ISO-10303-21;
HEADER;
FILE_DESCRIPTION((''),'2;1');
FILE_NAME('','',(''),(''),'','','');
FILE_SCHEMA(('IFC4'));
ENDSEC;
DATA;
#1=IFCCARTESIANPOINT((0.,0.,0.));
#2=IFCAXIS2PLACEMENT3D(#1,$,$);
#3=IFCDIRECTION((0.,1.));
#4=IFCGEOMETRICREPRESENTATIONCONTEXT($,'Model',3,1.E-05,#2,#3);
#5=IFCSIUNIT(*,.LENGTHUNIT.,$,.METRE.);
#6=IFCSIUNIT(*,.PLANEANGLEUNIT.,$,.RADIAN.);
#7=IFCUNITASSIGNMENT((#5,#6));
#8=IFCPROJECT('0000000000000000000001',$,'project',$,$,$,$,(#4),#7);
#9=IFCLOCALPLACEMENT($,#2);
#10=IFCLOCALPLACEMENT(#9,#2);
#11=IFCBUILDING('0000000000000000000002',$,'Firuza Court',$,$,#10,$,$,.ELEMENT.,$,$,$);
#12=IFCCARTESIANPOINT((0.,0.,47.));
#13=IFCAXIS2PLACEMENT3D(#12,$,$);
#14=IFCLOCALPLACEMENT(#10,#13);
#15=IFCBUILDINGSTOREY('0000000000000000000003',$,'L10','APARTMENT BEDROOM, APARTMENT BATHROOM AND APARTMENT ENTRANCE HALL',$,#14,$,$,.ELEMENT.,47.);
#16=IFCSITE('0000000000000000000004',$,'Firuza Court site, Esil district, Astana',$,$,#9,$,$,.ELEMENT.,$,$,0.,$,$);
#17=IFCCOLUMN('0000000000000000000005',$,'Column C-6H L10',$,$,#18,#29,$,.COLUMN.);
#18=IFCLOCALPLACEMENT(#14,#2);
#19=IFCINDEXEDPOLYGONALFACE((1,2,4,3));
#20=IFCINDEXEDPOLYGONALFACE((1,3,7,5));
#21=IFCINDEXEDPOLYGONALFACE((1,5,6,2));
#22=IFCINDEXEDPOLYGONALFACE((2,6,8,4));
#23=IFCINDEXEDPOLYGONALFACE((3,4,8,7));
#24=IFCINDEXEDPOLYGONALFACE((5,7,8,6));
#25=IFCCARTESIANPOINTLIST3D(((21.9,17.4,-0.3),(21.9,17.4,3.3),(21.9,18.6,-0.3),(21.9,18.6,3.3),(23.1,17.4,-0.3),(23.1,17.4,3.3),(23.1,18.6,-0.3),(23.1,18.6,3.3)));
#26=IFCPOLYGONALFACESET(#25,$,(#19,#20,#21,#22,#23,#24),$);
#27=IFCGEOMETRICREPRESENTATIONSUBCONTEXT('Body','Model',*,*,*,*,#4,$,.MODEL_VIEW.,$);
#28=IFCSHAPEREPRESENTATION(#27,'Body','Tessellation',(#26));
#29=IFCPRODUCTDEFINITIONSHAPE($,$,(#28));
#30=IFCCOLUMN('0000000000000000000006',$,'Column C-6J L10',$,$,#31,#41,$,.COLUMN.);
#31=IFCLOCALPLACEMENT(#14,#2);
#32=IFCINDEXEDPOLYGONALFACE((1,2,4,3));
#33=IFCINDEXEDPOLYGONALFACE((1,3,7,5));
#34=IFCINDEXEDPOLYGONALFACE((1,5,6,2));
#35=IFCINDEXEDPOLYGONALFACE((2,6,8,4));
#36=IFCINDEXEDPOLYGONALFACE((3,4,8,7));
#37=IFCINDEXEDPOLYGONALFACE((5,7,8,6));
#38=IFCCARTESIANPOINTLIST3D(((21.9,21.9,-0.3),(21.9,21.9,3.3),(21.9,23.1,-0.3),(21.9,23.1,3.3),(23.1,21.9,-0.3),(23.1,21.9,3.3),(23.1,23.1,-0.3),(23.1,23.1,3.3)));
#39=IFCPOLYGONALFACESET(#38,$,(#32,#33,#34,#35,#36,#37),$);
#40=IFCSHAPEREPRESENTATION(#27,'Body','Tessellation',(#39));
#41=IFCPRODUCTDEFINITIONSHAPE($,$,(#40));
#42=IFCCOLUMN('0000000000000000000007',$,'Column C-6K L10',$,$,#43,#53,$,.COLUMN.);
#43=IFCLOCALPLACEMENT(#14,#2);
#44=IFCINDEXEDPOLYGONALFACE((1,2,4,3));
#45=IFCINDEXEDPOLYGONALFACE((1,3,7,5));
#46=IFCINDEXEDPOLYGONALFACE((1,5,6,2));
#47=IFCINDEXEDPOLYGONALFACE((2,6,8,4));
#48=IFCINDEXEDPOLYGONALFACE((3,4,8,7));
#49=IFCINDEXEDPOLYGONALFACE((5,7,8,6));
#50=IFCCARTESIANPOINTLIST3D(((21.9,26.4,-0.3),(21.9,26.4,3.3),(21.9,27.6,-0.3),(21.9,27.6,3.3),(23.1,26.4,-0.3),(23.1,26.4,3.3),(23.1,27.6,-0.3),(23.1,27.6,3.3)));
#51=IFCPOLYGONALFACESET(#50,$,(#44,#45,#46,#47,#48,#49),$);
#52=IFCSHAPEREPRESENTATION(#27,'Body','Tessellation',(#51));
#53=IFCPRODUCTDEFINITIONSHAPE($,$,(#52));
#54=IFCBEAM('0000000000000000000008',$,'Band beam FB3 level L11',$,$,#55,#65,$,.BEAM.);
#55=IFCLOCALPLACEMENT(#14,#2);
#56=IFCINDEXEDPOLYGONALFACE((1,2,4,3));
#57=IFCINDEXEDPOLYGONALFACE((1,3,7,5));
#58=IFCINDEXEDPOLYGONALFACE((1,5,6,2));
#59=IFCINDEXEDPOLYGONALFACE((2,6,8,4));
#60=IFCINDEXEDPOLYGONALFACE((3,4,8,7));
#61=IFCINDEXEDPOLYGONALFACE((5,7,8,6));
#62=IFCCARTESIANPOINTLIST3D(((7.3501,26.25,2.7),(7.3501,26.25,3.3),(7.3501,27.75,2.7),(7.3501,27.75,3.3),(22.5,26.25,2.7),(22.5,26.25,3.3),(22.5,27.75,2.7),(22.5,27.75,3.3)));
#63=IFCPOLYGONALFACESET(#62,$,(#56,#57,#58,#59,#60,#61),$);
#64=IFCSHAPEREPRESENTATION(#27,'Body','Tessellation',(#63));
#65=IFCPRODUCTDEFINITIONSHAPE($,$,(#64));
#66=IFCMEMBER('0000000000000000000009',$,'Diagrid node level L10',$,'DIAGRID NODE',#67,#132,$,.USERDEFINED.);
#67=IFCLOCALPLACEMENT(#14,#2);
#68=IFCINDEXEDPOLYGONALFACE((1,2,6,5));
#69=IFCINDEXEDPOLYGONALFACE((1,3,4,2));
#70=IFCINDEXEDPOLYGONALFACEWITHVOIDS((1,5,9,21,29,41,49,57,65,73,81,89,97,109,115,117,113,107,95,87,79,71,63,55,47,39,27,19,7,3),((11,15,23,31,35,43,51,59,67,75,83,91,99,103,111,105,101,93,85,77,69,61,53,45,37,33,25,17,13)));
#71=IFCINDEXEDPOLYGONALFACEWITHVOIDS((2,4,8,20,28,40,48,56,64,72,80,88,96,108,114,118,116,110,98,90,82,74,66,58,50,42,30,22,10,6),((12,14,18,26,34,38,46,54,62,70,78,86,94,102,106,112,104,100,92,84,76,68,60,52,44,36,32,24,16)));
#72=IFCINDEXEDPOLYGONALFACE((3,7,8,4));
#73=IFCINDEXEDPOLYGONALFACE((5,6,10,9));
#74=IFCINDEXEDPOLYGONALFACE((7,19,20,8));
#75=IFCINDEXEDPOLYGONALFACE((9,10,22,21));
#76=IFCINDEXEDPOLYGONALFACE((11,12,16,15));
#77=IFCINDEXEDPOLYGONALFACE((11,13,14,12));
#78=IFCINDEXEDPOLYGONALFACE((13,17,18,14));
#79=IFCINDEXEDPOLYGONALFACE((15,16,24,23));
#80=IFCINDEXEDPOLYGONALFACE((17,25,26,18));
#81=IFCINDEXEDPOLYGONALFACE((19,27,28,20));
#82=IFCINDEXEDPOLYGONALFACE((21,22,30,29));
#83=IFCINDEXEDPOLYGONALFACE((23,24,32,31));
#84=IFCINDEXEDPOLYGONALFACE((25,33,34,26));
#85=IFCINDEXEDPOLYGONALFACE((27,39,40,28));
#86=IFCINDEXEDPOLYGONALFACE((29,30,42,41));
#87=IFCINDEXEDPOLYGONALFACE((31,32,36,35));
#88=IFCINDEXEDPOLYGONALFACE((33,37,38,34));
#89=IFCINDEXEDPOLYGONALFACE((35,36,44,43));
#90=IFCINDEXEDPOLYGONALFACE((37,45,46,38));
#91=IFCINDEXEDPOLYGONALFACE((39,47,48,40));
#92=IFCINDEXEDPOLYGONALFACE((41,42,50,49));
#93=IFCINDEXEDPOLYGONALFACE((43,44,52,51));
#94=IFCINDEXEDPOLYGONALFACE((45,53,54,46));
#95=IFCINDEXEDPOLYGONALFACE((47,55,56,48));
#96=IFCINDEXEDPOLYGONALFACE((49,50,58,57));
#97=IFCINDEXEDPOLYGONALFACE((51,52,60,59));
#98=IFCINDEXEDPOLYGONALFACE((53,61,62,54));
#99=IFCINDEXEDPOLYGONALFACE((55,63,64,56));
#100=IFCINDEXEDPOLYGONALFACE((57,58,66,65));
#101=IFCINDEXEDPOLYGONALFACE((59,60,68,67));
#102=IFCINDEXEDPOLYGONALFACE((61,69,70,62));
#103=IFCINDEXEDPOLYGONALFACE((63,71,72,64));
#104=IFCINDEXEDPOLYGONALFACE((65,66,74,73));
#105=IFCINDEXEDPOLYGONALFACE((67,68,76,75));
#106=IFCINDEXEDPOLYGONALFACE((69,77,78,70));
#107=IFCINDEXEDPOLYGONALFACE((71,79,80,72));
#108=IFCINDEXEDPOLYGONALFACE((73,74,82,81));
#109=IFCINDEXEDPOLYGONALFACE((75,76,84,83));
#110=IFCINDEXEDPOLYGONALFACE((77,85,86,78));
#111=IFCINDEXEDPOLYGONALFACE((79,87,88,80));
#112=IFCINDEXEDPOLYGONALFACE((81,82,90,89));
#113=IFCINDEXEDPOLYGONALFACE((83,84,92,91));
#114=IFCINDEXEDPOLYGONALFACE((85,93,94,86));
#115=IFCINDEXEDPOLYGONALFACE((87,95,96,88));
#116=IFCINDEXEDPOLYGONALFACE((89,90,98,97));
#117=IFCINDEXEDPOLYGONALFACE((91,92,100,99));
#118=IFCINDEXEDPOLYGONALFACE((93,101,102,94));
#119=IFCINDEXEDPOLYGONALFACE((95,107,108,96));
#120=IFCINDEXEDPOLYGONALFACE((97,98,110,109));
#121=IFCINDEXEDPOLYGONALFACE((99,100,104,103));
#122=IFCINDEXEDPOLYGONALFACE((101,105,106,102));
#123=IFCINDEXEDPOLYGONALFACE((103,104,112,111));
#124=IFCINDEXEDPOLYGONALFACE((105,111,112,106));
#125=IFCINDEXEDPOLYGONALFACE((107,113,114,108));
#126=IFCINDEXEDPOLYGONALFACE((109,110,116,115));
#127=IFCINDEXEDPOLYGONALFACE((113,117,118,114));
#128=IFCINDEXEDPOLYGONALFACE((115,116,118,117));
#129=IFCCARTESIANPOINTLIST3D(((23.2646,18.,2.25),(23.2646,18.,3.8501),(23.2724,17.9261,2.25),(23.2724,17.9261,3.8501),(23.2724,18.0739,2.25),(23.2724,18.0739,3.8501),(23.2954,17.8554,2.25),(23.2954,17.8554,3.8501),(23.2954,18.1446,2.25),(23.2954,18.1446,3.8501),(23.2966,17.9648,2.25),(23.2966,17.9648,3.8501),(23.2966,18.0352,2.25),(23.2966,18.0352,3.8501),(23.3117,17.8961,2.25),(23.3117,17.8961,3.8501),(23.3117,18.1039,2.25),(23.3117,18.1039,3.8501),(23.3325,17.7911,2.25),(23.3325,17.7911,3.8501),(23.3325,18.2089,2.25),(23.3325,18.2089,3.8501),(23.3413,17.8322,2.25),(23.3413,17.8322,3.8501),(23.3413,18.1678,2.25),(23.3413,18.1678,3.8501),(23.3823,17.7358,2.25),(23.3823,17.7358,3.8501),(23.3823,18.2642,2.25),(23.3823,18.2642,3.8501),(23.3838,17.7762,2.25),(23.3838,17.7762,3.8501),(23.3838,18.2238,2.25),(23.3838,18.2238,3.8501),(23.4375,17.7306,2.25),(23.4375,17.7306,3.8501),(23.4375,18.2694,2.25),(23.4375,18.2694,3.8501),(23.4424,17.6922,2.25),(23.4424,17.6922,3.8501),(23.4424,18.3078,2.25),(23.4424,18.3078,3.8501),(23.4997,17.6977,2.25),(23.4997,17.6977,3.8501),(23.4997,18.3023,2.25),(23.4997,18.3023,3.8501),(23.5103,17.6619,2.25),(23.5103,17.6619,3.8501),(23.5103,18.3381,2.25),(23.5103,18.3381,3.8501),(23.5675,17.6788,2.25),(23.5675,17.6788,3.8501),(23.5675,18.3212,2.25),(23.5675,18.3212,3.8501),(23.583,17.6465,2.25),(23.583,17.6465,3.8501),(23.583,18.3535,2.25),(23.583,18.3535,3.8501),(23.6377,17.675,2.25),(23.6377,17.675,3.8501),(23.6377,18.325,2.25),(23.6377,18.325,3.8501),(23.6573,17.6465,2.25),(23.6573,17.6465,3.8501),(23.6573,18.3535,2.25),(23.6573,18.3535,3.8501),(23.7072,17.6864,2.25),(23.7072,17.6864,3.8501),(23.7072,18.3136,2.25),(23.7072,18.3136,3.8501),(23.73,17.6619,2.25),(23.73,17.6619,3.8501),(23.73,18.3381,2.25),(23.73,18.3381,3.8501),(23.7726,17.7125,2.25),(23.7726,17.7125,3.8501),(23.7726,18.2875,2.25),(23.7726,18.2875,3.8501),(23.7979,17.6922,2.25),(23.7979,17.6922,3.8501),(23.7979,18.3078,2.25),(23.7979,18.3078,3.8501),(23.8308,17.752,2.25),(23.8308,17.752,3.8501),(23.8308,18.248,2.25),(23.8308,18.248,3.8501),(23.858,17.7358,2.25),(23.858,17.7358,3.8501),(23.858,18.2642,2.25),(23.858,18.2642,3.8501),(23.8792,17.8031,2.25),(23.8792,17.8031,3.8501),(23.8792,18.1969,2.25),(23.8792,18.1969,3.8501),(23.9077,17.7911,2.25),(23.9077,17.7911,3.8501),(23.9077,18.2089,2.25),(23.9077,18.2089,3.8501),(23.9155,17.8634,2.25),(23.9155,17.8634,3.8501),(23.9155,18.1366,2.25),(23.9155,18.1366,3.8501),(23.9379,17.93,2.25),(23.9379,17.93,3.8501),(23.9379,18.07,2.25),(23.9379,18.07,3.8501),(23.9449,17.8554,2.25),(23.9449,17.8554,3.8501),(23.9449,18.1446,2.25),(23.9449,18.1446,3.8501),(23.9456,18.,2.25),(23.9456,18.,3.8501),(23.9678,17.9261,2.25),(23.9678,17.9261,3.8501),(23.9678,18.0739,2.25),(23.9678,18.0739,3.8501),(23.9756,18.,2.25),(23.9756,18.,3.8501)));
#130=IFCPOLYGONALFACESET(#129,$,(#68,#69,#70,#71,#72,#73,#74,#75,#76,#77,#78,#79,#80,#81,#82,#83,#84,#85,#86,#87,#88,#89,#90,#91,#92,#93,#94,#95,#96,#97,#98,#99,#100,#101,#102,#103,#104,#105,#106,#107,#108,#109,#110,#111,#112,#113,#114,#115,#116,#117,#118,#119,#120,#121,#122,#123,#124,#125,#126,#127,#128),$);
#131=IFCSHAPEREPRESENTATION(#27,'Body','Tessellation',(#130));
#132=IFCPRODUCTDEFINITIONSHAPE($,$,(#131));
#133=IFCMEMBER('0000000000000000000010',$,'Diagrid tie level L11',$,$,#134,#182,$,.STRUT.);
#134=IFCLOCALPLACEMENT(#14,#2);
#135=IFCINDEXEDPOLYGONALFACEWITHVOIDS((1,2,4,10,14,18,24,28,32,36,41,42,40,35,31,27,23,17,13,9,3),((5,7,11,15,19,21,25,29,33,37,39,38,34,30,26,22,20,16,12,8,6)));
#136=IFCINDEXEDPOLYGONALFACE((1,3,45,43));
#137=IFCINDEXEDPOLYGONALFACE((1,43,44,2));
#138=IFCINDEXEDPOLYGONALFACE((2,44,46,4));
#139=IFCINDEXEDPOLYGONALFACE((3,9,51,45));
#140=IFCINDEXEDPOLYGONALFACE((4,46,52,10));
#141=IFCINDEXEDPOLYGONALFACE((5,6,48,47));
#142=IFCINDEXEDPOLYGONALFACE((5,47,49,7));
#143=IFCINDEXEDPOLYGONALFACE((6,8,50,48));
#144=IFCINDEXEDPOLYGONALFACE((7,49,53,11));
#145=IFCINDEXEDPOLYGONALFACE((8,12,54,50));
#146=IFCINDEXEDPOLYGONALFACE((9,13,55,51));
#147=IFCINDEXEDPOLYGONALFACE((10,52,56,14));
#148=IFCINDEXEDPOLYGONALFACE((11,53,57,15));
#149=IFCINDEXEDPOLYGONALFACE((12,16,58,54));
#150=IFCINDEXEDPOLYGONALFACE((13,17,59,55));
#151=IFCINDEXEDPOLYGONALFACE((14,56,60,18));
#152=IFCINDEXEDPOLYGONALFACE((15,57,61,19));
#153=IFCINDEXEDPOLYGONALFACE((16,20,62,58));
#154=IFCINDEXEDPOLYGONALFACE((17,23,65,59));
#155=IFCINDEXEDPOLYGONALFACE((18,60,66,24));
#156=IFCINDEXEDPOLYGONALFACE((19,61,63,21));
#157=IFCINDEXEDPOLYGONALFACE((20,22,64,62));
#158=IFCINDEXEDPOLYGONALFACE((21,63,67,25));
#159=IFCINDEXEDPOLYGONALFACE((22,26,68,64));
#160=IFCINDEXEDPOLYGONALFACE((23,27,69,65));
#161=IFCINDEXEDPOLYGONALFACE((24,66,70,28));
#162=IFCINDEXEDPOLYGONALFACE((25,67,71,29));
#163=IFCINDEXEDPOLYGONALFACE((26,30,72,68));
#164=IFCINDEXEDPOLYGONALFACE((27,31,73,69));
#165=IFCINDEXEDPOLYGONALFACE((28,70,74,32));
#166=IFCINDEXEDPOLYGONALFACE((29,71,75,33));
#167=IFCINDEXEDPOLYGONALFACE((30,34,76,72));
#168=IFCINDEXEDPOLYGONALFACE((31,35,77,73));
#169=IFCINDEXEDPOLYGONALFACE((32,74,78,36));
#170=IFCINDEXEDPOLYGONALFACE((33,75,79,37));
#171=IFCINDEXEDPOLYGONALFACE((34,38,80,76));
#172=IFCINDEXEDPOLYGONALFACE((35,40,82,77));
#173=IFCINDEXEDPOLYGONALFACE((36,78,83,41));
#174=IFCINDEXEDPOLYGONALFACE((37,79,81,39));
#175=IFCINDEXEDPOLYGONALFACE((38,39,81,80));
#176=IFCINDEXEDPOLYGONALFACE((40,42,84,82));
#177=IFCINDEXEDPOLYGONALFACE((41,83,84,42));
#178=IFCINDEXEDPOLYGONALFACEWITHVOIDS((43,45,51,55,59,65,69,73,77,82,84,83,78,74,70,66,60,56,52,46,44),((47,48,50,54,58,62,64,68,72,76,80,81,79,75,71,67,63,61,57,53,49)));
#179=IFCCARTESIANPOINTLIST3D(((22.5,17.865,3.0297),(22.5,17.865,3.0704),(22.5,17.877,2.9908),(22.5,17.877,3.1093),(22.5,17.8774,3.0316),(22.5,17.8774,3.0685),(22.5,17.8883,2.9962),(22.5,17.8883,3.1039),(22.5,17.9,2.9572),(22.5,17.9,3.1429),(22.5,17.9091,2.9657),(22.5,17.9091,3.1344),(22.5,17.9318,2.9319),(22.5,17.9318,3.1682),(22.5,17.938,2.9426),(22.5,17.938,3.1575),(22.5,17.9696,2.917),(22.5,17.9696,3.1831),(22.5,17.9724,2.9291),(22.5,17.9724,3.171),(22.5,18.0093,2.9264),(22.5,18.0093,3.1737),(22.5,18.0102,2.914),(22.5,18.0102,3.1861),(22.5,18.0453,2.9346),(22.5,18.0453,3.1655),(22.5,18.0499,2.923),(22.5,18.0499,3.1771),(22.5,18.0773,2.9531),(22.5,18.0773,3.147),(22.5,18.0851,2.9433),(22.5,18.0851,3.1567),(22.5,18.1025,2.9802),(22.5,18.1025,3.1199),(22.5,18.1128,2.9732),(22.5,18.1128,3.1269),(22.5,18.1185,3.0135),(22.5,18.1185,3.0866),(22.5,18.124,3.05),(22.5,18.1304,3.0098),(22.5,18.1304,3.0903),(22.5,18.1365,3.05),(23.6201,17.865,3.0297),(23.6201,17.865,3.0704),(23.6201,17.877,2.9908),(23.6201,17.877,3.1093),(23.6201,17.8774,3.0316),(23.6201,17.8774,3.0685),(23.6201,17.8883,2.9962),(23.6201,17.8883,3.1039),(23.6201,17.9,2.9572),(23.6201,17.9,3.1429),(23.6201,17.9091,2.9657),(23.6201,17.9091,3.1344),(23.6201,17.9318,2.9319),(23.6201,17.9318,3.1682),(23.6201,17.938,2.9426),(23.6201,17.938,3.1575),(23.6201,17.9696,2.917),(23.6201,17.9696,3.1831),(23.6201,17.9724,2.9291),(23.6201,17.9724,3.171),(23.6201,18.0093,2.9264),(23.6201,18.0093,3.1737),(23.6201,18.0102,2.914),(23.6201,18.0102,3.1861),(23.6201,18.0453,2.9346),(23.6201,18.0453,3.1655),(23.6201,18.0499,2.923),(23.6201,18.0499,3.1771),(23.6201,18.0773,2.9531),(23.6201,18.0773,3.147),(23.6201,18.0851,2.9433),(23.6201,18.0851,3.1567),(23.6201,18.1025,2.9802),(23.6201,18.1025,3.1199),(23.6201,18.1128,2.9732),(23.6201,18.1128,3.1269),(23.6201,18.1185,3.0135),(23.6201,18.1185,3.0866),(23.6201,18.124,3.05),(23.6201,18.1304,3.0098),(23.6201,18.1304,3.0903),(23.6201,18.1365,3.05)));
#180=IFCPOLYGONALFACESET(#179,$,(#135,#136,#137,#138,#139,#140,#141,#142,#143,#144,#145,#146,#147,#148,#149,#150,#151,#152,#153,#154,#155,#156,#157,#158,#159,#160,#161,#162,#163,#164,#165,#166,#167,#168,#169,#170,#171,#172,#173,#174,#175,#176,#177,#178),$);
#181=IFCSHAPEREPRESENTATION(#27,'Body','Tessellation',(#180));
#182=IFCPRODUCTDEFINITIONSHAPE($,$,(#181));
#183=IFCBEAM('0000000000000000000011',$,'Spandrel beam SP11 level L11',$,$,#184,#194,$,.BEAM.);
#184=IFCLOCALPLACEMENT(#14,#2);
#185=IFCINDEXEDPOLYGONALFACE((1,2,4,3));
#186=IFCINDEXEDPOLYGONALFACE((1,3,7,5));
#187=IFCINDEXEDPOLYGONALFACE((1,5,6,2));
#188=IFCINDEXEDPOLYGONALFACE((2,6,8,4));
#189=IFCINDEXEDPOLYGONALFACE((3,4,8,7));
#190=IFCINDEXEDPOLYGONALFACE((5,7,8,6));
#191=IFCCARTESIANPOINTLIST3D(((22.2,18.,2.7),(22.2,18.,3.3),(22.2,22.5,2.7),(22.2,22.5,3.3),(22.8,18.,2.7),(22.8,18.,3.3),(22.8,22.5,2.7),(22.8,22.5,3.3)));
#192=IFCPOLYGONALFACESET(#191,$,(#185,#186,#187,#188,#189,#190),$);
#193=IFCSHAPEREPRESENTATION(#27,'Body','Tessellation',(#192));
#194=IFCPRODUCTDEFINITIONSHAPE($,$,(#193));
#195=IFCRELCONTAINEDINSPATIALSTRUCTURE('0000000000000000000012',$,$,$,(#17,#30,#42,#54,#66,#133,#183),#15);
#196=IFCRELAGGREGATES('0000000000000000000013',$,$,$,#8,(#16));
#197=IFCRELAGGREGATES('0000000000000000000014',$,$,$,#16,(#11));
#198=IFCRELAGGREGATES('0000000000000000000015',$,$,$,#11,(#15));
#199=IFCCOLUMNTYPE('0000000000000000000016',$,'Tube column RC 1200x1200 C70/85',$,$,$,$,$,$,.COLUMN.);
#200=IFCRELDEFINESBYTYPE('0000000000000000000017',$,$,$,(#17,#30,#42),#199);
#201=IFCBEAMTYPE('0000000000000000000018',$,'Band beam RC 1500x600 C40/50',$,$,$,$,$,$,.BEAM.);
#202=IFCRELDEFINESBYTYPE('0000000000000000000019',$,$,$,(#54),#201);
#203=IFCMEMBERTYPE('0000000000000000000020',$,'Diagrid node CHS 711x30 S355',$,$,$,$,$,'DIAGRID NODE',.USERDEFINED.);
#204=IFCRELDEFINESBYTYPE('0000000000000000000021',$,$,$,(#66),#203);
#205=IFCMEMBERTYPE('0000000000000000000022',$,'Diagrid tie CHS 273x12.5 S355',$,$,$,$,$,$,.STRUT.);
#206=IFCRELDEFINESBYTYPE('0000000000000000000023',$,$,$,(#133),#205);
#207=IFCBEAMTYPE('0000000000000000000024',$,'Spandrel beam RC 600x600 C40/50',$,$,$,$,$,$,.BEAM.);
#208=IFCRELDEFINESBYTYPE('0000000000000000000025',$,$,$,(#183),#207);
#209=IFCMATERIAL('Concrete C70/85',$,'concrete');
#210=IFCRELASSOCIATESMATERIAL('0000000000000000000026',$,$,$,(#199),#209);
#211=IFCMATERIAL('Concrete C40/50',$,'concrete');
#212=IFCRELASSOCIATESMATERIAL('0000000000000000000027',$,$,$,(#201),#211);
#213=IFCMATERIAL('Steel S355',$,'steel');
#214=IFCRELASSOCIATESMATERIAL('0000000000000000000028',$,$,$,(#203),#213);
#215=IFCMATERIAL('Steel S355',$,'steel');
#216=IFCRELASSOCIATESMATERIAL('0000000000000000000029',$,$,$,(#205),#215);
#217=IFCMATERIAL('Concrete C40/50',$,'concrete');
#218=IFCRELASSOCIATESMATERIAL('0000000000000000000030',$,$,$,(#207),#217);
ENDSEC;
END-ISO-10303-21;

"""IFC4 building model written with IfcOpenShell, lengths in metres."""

from ifc_helpers import new_model, si_unit, direction, frame, origin, origin_2d, place, context, subcontext, project, spatial, rectangle, hollow_circle, extrude, material, material_profile, profile_set, type_object, element, save


model = new_model("IFC4")

# Units and contexts
model_context = context("Model", 3, precision=1e-05, world=origin(), true_north=direction((0.0, 1.0)))
body_context = subcontext(model_context, "Body", "Model", "MODEL_VIEW")
ifc_project = project(units=[si_unit("LENGTHUNIT", "METRE"), si_unit("PLANEANGLEUNIT", "RADIAN")], contexts=[model_context])

# Site, building, storey
site_placement = place(None, origin())
site = spatial("IfcSite", under=ifc_project, at=site_placement, Name="Firuza Court site, Esil district, Astana", CompositionType="ELEMENT", RefElevation=0.0)
building_placement = place(site_placement, origin())
building = spatial("IfcBuilding", under=site, at=building_placement, Name="Firuza Court", CompositionType="ELEMENT")
storey_placement = place(building_placement, frame((0.0, 0.0, 47.0)))
storey = spatial("IfcBuildingStorey", under=building, at=storey_placement, Name="L10", Description="APARTMENT BEDROOM, APARTMENT BATHROOM AND APARTMENT ENTRANCE HALL", CompositionType="ELEMENT", Elevation=47.0)

# Columns
ifc_material_1 = material(Name="Concrete C70/85", Category="concrete")
ifc_material_profile_1 = material_profile(ifc_material_1, rectangle(XDim=1.2, YDim=1.2, at=origin_2d()), Name="RC 1200x1200")
ifc_profile_set_1 = profile_set([ifc_material_profile_1], Name="Concrete C70/85")
column_type = type_object("IfcColumnType", Name="Tube column RC 1200x1200 C70/85", PredefinedType="COLUMN", material=ifc_profile_set_1)
for number, where, z_axis, x_axis, name in (
    (1, (22.5, 18.0, -0.3), (0.0, 0.0, 1.0), (1.0, 0.0, 0.0), "Column C-6H L10"),
    (2, (22.5, 22.5, -0.3), (0.0, 0.0, 1.0), (1.0, 0.0, 0.0), "Column C-6J L10"),
    (3, (22.5, 27.0, -0.3), (0.0, 0.0, 1.0), (1.0, 0.0, 0.0), "Column C-6K L10"),
):
    element("IfcColumn", number, at=place(storey_placement, frame(where, z_axis=z_axis, x_axis=x_axis)), inside=storey, type_object=column_type, Name=name, PredefinedType="COLUMN", context=body_context, shape_type="SweptSolid", body=[
        extrude(rectangle(XDim=1.2, YDim=1.2, at=origin_2d()), origin(), (0.0, 0.0, 1.0), 3.6001),
    ])

# Beam
ifc_material_2 = material(Name="Concrete C40/50", Category="concrete")
ifc_material_profile_2 = material_profile(ifc_material_2, rectangle(XDim=1.5, YDim=0.6001, at=origin_2d()), Name="RC 1500x600")
ifc_profile_set_2 = profile_set([ifc_material_profile_2], Name="Concrete C40/50")
beam_type_1 = type_object("IfcBeamType", Name="Band beam RC 1500x600 C40/50", PredefinedType="BEAM", material=ifc_profile_set_2)
beam_placement = place(storey_placement, frame((22.5, 27.0, 3.0), z_axis=(-1.0, 0.0, 0.0), x_axis=(0.0, -1.0, 0.0)))
element("IfcBeam", 4, at=beam_placement, inside=storey, type_object=beam_type_1, Name="Band beam FB3 level L11", PredefinedType="BEAM", context=body_context, shape_type="SweptSolid", body=[
    extrude(rectangle(XDim=1.5, YDim=0.6001, at=origin_2d()), origin(), (0.0, 0.0, 1.0), 15.1499),
])

# Members
ifc_material_3 = material(Name="Steel S355", Category="steel")
ifc_material_profile_3 = material_profile(ifc_material_3, hollow_circle(Radius=0.3555, WallThickness=0.03, at=origin_2d()), Name="CHS 711x30")
ifc_profile_set_3 = profile_set([ifc_material_profile_3], Name="Steel S355")
member_type_1 = type_object("IfcMemberType", Name="Diagrid node CHS 711x30 S355", ElementType="DIAGRID NODE", PredefinedType="USERDEFINED", material=ifc_profile_set_3)
member_1_placement = place(storey_placement, frame((23.6201, 18.0, 2.25), z_axis=(0.0, 0.0, 1.0), x_axis=(1.0, 0.0, 0.0)))
element("IfcMember", 5, at=member_1_placement, inside=storey, type_object=member_type_1, Name="Diagrid node level L10", ObjectType="DIAGRID NODE", PredefinedType="USERDEFINED", context=body_context, shape_type="SweptSolid", body=[
    extrude(hollow_circle(Radius=0.3555, WallThickness=0.03, at=origin_2d()), origin(), (0.0, 0.0, 1.0), 1.6001),
])
ifc_material_4 = material(Name="Steel S355", Category="steel")
ifc_material_profile_4 = material_profile(ifc_material_4, hollow_circle(Radius=0.1365, WallThickness=0.0125, at=origin_2d()), Name="CHS 273x12.5")
ifc_profile_set_4 = profile_set([ifc_material_profile_4], Name="Steel S355")
member_type_2 = type_object("IfcMemberType", Name="Diagrid tie CHS 273x12.5 S355", PredefinedType="STRUT", material=ifc_profile_set_4)
member_2_placement = place(storey_placement, frame((22.5, 18.0, 3.05), z_axis=(1.0, 0.0, 0.0), x_axis=(0.0, 1.0, 0.0)))
element("IfcMember", 6, at=member_2_placement, inside=storey, type_object=member_type_2, Name="Diagrid tie level L11", PredefinedType="STRUT", context=body_context, shape_type="SweptSolid", body=[
    extrude(hollow_circle(Radius=0.1365, WallThickness=0.0125, at=origin_2d()), origin(), (0.0, 0.0, 1.0), 1.1201),
])

# Beam
ifc_material_5 = material(Name="Concrete C40/50", Category="concrete")
ifc_material_profile_5 = material_profile(ifc_material_5, rectangle(XDim=0.6001, YDim=0.6001, at=origin_2d()), Name="RC 600x600")
ifc_profile_set_5 = profile_set([ifc_material_profile_5], Name="Concrete C40/50")
beam_type_2 = type_object("IfcBeamType", Name="Spandrel beam RC 600x600 C40/50", PredefinedType="BEAM", material=ifc_profile_set_5)
for number, where, z_axis, x_axis, name in (
    (7, (22.5, 18.0, 3.0), (0.0, 1.0, 0.0), (-1.0, 0.0, 0.0), "Spandrel beam SP11 level L11"),
):
    element("IfcBeam", number, at=place(storey_placement, frame(where, z_axis=z_axis, x_axis=x_axis)), inside=storey, type_object=beam_type_2, Name=name, PredefinedType="BEAM", context=body_context, shape_type="SweptSolid", body=[
        extrude(rectangle(XDim=0.6001, YDim=0.6001, at=origin_2d()), origin(), (0.0, 0.0, 1.0), 4.5),
    ])

save(model, "model.ifc")
